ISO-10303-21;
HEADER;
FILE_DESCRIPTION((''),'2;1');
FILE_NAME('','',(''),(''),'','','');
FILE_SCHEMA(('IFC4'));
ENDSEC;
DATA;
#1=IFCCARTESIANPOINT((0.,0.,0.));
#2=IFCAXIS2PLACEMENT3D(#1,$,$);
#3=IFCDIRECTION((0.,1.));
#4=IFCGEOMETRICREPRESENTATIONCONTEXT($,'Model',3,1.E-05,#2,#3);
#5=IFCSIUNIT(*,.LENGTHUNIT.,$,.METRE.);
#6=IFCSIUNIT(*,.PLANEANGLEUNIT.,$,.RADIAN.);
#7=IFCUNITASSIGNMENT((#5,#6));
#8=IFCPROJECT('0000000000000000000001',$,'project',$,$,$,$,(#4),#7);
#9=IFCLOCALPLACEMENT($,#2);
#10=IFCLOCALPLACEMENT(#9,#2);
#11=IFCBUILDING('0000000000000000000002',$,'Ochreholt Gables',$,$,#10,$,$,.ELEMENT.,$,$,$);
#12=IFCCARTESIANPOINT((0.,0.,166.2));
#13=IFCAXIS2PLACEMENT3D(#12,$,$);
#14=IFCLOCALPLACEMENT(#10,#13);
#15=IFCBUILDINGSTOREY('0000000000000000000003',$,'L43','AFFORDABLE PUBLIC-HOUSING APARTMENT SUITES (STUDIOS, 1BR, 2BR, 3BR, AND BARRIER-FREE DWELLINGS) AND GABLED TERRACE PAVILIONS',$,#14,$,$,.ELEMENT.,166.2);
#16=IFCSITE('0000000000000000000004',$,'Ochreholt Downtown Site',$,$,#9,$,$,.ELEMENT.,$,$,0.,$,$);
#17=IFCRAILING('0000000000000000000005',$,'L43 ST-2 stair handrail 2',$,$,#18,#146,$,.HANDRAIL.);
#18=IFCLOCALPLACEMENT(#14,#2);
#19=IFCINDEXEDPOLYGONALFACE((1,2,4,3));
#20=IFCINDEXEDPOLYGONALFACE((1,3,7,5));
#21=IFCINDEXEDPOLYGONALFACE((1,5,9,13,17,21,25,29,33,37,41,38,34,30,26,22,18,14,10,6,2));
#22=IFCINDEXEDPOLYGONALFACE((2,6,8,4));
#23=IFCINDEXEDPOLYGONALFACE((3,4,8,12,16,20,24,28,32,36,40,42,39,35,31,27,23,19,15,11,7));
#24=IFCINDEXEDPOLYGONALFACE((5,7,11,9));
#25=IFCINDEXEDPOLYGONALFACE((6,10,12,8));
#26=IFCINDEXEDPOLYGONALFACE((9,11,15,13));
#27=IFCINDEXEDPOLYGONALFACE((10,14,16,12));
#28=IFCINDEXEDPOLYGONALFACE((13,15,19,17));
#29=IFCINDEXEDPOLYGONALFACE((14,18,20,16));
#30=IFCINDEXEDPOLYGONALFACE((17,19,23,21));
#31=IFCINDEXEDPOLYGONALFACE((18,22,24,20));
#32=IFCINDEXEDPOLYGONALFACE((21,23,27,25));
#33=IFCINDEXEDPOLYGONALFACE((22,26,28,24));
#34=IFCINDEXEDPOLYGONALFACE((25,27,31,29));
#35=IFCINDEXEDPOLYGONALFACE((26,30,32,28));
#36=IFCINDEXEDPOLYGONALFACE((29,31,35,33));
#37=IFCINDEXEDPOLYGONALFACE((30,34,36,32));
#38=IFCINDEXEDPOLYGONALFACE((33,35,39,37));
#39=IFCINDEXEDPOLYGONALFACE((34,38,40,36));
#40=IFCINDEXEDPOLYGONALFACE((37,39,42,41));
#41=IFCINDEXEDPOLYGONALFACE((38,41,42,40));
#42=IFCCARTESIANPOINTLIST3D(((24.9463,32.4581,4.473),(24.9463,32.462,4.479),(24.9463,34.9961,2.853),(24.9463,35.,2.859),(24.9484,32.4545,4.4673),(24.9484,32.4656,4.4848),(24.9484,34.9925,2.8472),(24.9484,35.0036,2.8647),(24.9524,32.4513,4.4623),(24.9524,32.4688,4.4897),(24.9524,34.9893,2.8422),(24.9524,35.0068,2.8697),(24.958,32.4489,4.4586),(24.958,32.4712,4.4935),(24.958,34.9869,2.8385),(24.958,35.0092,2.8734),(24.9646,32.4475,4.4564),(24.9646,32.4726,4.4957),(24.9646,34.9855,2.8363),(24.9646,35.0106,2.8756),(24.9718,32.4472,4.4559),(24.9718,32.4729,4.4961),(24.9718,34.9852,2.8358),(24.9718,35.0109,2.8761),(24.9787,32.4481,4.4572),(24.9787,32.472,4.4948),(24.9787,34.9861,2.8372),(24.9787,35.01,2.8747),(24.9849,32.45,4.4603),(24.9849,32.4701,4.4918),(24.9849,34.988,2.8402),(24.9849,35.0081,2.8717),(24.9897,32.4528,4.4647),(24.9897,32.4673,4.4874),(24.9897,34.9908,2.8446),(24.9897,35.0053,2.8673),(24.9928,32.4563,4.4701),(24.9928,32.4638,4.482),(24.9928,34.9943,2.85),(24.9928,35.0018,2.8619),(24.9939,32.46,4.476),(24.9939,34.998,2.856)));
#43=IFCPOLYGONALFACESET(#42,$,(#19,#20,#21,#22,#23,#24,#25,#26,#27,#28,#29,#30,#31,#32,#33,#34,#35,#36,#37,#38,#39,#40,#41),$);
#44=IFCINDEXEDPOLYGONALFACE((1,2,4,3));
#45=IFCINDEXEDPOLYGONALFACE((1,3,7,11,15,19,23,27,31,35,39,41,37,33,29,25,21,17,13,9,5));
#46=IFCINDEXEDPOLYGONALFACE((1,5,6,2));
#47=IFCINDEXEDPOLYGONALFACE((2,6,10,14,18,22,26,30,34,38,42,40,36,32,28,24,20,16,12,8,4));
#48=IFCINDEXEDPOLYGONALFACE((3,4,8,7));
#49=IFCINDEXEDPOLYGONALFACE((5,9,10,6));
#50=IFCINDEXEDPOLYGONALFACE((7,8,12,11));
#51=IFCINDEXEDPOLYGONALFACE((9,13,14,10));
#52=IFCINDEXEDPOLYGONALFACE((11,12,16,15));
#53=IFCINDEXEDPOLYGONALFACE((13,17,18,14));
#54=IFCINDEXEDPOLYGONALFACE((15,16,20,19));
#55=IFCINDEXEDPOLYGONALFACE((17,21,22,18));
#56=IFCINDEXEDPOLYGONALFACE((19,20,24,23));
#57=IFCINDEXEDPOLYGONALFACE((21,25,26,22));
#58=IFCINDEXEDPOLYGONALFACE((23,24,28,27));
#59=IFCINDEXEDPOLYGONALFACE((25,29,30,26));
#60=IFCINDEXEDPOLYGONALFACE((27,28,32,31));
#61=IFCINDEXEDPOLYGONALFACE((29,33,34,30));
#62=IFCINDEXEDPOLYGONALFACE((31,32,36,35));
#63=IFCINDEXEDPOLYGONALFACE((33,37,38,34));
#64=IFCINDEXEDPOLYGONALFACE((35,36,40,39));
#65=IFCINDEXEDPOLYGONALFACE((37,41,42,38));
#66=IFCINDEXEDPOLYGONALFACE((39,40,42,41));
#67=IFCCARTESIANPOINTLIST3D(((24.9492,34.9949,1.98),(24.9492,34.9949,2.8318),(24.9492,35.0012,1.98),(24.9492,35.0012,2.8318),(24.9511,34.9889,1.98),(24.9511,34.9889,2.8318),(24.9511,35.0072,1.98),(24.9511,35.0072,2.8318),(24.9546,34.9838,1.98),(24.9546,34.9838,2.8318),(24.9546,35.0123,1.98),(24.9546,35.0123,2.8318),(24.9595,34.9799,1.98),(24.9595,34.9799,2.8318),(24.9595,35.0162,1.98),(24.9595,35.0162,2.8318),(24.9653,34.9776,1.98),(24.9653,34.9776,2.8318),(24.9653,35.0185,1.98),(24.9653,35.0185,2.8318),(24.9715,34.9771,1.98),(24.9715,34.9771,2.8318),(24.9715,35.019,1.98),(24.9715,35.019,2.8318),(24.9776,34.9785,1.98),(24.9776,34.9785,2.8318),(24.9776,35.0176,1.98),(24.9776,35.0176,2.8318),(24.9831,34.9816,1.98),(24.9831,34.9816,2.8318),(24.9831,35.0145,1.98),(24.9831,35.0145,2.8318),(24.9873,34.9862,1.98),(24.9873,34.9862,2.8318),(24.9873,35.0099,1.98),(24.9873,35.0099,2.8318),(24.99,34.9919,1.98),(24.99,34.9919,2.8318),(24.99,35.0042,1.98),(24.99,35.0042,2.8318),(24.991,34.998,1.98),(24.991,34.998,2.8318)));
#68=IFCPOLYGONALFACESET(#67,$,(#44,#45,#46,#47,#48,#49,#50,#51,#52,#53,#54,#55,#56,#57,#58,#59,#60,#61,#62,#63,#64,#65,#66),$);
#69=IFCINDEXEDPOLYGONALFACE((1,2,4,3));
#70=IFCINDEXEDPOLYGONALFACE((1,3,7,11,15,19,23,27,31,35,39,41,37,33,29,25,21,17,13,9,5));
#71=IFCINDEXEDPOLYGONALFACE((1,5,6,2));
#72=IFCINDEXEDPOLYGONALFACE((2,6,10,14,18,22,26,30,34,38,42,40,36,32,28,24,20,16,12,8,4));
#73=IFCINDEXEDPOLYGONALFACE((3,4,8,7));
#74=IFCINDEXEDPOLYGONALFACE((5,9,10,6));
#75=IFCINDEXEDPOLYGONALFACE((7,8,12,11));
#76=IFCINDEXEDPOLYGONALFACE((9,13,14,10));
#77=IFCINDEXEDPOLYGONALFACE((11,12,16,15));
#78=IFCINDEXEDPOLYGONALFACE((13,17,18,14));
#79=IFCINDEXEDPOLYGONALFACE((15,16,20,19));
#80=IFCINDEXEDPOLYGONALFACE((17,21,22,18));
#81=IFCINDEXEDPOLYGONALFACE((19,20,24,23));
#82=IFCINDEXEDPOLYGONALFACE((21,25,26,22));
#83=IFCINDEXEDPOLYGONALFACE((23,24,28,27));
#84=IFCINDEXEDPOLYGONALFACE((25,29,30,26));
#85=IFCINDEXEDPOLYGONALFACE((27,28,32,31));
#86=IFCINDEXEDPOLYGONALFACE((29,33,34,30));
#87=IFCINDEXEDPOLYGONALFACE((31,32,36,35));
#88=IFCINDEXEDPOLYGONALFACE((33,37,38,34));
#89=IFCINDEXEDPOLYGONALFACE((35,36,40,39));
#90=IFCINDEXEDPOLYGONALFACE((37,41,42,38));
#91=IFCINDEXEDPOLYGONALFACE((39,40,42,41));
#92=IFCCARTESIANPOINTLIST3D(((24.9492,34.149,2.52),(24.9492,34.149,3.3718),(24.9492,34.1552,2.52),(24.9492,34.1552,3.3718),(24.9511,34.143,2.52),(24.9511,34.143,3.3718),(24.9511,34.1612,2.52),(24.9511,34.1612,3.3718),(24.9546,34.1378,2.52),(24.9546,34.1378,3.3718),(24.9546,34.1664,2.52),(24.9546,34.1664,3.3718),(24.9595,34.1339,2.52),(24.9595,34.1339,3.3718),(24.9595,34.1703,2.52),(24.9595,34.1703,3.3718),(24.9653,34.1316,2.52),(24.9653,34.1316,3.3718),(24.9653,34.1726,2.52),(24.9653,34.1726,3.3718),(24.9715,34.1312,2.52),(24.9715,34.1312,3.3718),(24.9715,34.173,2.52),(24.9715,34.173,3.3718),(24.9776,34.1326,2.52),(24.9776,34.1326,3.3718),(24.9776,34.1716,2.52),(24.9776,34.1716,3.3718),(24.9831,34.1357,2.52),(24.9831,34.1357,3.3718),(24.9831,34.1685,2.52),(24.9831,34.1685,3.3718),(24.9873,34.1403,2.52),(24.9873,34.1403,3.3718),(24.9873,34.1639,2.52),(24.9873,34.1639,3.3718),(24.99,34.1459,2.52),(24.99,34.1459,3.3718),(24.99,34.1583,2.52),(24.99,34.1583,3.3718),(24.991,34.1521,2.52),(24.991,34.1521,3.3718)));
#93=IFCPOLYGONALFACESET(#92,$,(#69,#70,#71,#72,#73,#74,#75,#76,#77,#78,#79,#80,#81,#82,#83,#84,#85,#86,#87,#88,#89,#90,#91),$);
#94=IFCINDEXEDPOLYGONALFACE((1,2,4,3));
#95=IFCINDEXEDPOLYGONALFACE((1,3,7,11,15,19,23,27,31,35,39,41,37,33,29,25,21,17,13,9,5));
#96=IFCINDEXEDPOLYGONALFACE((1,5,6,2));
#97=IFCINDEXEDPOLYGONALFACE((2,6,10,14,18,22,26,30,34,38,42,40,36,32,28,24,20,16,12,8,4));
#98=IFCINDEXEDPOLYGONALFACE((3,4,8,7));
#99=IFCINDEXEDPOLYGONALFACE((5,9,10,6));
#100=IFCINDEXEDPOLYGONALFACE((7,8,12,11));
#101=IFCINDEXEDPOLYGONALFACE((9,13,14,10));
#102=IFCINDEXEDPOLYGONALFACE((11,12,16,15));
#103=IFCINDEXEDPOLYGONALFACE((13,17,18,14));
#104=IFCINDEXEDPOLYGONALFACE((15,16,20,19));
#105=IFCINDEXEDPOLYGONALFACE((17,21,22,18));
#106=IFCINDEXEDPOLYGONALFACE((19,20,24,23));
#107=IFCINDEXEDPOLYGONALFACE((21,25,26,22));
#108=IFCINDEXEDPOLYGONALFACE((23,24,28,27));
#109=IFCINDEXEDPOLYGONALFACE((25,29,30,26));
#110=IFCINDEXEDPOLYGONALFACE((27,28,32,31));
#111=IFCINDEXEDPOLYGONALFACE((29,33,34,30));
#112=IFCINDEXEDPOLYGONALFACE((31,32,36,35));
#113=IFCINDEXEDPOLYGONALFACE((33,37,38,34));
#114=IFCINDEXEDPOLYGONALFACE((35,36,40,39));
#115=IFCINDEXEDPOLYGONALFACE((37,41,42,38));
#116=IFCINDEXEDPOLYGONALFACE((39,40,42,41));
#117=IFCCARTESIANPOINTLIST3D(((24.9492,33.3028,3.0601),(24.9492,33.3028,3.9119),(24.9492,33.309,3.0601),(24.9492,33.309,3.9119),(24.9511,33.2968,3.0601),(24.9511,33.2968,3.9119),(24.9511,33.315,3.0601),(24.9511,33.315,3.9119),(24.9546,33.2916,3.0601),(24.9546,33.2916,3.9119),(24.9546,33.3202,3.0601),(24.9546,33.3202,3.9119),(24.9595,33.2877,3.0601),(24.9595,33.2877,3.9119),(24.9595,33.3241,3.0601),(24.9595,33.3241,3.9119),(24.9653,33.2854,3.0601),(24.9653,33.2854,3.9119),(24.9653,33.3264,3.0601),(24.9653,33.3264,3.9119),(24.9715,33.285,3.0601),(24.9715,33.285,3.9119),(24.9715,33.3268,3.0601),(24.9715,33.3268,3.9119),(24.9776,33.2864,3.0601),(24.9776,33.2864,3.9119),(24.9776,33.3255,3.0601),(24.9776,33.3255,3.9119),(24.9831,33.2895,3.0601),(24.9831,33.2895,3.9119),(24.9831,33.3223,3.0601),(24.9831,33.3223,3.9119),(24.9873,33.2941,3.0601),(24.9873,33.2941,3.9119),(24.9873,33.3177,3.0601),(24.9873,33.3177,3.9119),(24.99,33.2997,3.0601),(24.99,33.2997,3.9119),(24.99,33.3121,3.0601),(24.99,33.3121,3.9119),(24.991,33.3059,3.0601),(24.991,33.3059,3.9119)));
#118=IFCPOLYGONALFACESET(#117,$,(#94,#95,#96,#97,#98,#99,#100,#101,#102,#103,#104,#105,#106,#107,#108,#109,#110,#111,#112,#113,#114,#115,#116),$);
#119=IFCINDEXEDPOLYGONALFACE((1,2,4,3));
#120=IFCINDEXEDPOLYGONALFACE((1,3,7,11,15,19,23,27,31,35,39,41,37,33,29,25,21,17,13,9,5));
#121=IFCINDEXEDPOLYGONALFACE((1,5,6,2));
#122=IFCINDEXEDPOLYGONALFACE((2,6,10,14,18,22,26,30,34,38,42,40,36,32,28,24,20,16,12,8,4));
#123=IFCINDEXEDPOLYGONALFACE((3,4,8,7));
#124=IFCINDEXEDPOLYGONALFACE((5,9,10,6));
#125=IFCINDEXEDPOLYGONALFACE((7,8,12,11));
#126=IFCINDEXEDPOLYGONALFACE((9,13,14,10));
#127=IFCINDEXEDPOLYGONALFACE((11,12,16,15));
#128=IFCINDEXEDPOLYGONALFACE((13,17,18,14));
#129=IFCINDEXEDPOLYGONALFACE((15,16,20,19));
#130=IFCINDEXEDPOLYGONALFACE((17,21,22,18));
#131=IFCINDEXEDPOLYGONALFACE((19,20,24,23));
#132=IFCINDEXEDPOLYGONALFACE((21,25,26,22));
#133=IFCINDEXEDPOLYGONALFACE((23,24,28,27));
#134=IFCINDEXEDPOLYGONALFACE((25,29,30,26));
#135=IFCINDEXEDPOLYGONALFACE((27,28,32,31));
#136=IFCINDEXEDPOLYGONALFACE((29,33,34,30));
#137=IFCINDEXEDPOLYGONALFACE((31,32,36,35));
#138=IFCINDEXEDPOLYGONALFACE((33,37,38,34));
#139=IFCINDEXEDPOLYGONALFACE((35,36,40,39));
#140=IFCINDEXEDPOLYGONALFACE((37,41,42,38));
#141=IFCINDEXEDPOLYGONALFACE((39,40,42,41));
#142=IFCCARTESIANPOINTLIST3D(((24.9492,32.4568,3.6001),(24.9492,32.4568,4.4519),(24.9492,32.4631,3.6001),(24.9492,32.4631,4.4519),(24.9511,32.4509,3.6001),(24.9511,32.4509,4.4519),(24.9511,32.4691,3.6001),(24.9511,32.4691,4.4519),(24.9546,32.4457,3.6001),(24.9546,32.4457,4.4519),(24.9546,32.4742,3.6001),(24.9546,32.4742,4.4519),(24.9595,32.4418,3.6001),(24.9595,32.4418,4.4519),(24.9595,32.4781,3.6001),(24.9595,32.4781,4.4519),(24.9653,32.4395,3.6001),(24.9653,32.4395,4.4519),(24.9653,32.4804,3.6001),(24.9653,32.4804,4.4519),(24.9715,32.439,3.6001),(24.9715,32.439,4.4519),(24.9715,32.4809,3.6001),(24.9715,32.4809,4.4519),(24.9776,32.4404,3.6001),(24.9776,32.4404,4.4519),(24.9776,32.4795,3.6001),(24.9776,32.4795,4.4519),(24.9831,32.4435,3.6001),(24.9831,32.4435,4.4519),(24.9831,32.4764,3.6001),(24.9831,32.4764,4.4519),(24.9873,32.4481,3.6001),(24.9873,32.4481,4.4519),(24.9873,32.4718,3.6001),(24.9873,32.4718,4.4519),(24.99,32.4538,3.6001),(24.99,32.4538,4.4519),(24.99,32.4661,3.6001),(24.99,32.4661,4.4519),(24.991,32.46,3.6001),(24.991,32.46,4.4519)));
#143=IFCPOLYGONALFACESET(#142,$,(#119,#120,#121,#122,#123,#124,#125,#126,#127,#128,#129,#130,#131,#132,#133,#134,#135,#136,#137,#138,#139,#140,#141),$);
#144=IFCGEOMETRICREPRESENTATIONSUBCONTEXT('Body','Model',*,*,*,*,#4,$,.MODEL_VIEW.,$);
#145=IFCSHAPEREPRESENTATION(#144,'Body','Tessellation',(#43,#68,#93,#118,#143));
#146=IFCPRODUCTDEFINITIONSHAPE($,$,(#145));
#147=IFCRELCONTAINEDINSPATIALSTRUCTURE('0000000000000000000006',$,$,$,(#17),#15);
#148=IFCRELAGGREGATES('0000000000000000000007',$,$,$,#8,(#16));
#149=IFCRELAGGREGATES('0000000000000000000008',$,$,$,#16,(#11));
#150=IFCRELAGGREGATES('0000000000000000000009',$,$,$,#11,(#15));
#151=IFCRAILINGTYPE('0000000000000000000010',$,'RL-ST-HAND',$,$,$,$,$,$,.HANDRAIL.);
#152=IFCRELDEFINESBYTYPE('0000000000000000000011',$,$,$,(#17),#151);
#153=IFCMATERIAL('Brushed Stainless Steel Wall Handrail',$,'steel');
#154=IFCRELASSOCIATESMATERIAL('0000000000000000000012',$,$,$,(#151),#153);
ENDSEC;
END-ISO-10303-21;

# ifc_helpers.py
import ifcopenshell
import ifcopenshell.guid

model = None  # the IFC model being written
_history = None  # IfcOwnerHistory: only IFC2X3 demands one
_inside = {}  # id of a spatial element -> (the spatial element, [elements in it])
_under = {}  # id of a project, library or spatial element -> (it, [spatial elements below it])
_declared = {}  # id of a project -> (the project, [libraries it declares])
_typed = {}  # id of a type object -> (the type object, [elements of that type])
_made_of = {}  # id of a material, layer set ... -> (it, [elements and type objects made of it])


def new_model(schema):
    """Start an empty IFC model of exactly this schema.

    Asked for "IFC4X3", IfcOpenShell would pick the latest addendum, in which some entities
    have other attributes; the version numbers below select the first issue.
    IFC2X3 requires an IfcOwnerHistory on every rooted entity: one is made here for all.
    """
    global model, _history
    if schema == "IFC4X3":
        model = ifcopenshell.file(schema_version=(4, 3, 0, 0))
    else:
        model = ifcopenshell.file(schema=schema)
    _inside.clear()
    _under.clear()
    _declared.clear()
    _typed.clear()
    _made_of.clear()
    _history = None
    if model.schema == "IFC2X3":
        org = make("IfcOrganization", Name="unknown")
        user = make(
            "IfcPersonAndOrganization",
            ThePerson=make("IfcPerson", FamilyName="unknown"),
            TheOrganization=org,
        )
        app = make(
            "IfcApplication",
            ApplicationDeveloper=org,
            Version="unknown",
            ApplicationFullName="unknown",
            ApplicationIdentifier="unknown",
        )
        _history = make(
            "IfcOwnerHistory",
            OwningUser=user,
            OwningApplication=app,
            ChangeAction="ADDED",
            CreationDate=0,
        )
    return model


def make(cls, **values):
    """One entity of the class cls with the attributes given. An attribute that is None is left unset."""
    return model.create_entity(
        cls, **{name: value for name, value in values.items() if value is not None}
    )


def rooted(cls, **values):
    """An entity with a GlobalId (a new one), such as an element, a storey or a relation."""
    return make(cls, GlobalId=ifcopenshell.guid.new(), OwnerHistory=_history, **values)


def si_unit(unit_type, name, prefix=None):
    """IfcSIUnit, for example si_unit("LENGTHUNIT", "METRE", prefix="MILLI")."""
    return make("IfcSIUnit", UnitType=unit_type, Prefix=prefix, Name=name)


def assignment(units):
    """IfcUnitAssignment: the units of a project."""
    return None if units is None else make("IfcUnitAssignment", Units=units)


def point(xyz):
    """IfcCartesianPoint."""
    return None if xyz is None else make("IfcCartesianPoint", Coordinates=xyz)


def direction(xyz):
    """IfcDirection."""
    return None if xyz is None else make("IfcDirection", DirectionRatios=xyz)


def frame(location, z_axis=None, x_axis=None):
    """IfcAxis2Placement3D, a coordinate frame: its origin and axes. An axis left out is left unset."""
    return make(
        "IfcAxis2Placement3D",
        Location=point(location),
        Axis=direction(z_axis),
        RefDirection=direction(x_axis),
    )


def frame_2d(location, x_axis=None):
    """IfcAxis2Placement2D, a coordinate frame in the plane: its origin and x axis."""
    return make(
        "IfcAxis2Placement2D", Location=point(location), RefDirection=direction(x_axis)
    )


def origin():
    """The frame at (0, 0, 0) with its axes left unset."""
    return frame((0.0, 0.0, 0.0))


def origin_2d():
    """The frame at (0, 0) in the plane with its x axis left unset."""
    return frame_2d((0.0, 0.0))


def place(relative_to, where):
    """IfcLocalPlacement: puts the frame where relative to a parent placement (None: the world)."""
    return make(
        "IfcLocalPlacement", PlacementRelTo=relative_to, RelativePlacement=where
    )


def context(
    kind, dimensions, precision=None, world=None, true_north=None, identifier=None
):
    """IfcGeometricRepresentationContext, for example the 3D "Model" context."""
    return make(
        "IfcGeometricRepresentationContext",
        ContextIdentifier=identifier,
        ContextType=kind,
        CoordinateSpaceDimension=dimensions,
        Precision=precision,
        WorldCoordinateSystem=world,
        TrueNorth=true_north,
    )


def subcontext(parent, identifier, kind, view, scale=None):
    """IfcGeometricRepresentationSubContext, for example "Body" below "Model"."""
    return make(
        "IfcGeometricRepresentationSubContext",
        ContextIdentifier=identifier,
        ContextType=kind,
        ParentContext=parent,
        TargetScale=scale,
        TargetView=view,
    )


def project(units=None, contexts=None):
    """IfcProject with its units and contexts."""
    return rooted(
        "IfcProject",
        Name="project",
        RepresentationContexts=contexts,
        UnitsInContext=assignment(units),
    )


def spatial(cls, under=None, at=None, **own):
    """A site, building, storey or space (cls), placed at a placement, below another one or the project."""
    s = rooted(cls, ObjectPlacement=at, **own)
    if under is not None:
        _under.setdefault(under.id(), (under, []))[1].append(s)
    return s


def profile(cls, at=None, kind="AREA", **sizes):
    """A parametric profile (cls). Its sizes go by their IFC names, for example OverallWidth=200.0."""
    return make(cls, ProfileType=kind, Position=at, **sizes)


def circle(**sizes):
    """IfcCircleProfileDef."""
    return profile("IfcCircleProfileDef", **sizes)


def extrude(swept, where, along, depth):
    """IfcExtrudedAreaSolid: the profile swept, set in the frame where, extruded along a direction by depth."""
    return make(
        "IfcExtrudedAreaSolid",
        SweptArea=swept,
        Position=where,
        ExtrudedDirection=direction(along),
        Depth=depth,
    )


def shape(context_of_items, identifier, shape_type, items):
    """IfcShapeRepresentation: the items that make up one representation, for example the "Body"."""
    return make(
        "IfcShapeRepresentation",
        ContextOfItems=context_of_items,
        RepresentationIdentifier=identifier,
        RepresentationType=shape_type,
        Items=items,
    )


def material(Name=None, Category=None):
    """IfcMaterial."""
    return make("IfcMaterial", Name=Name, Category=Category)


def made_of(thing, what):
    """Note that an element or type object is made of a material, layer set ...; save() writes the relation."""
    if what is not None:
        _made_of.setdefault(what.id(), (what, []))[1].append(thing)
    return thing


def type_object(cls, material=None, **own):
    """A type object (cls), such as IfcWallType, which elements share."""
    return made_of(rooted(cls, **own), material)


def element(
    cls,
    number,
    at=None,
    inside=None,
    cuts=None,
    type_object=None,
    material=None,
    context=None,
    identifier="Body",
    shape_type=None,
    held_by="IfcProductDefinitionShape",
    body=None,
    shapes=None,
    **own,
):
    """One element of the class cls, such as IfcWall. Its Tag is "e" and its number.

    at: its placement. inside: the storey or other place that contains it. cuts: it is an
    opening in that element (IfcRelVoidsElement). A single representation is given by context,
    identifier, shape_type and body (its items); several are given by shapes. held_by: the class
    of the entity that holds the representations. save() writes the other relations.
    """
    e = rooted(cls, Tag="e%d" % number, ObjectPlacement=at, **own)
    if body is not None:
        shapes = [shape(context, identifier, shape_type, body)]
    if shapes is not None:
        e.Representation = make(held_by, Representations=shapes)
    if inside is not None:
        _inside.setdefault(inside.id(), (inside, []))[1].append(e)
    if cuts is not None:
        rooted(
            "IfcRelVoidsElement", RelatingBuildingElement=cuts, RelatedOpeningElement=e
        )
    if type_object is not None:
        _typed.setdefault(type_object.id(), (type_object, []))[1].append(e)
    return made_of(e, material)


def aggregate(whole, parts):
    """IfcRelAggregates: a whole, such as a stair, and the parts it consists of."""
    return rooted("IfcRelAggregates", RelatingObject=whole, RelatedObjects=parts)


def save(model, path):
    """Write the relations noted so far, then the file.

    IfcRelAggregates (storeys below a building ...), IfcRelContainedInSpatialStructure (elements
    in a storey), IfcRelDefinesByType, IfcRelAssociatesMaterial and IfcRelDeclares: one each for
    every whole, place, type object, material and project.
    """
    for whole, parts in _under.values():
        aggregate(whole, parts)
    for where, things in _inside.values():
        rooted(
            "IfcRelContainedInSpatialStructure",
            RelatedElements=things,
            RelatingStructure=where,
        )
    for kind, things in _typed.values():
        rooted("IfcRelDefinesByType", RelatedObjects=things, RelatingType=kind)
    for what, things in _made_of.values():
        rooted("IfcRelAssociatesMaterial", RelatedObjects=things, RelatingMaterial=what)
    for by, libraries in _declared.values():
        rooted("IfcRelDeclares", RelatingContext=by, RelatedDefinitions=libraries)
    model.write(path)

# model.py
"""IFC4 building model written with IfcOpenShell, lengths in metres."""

from ifc_helpers import new_model, si_unit, direction, frame, origin, origin_2d, place, context, subcontext, project, spatial, circle, extrude, material, type_object, element, save


model = new_model("IFC4")

# Units and contexts
model_context = context("Model", 3, precision=1e-05, world=origin(), true_north=direction((0.0, 1.0)))
body_context = subcontext(model_context, "Body", "Model", "MODEL_VIEW")
ifc_project = project(units=[si_unit("LENGTHUNIT", "METRE"), si_unit("PLANEANGLEUNIT", "RADIAN")], contexts=[model_context])

# Site, building, storey
site_placement = place(None, origin())
site = spatial("IfcSite", under=ifc_project, at=site_placement, Name="Ochreholt Downtown Site", CompositionType="ELEMENT", RefElevation=0.0)
building_placement = place(site_placement, origin())
building = spatial("IfcBuilding", under=site, at=building_placement, Name="Ochreholt Gables", CompositionType="ELEMENT")
storey_placement = place(building_placement, frame((0.0, 0.0, 166.2)))
storey = spatial("IfcBuildingStorey", under=building, at=storey_placement, Name="L43", Description="AFFORDABLE PUBLIC-HOUSING APARTMENT SUITES (STUDIOS, 1BR, 2BR, 3BR, AND BARRIER-FREE DWELLINGS) AND GABLED TERRACE PAVILIONS", CompositionType="ELEMENT", Elevation=166.2)

# Railing
ifc_material_1 = material(Name="Brushed Stainless Steel Wall Handrail", Category="steel")
railing_type_1 = type_object("IfcRailingType", Name="RL-ST-HAND", PredefinedType="HANDRAIL", material=ifc_material_1)
railing_1_placement = place(storey_placement, frame((24.97, 34.998, 1.98)))
element("IfcRailing", 1, at=railing_1_placement, inside=storey, type_object=railing_type_1, Name="L43 ST-2 stair handrail 2", PredefinedType="HANDRAIL", context=body_context, shape_type="SweptSolid", body=[
    extrude(circle(Radius=0.0239, at=origin_2d()), frame((0.0, 0.0, 0.876), z_axis=(0.0, -0.842913, 0.53805), x_axis=(1.0, 0.0, 0.0)), (0.0, 0.0, 1.0), 3.011),
    extrude(circle(Radius=0.021, at=origin_2d()), origin(), (0.0, 0.0, 1.0), 0.8518),
    extrude(circle(Radius=0.021, at=origin_2d()), frame((0.0, -0.8459, 0.54)), (0.0, 0.0, 1.0), 0.8518),
    extrude(circle(Radius=0.021, at=origin_2d()), frame((0.0, -1.6921, 1.0801)), (0.0, 0.0, 1.0), 0.8518),
    extrude(circle(Radius=0.021, at=origin_2d()), frame((0.0, -2.5381, 1.6201)), (0.0, 0.0, 1.0), 0.8518),
])

save(model, "model.ifc")
